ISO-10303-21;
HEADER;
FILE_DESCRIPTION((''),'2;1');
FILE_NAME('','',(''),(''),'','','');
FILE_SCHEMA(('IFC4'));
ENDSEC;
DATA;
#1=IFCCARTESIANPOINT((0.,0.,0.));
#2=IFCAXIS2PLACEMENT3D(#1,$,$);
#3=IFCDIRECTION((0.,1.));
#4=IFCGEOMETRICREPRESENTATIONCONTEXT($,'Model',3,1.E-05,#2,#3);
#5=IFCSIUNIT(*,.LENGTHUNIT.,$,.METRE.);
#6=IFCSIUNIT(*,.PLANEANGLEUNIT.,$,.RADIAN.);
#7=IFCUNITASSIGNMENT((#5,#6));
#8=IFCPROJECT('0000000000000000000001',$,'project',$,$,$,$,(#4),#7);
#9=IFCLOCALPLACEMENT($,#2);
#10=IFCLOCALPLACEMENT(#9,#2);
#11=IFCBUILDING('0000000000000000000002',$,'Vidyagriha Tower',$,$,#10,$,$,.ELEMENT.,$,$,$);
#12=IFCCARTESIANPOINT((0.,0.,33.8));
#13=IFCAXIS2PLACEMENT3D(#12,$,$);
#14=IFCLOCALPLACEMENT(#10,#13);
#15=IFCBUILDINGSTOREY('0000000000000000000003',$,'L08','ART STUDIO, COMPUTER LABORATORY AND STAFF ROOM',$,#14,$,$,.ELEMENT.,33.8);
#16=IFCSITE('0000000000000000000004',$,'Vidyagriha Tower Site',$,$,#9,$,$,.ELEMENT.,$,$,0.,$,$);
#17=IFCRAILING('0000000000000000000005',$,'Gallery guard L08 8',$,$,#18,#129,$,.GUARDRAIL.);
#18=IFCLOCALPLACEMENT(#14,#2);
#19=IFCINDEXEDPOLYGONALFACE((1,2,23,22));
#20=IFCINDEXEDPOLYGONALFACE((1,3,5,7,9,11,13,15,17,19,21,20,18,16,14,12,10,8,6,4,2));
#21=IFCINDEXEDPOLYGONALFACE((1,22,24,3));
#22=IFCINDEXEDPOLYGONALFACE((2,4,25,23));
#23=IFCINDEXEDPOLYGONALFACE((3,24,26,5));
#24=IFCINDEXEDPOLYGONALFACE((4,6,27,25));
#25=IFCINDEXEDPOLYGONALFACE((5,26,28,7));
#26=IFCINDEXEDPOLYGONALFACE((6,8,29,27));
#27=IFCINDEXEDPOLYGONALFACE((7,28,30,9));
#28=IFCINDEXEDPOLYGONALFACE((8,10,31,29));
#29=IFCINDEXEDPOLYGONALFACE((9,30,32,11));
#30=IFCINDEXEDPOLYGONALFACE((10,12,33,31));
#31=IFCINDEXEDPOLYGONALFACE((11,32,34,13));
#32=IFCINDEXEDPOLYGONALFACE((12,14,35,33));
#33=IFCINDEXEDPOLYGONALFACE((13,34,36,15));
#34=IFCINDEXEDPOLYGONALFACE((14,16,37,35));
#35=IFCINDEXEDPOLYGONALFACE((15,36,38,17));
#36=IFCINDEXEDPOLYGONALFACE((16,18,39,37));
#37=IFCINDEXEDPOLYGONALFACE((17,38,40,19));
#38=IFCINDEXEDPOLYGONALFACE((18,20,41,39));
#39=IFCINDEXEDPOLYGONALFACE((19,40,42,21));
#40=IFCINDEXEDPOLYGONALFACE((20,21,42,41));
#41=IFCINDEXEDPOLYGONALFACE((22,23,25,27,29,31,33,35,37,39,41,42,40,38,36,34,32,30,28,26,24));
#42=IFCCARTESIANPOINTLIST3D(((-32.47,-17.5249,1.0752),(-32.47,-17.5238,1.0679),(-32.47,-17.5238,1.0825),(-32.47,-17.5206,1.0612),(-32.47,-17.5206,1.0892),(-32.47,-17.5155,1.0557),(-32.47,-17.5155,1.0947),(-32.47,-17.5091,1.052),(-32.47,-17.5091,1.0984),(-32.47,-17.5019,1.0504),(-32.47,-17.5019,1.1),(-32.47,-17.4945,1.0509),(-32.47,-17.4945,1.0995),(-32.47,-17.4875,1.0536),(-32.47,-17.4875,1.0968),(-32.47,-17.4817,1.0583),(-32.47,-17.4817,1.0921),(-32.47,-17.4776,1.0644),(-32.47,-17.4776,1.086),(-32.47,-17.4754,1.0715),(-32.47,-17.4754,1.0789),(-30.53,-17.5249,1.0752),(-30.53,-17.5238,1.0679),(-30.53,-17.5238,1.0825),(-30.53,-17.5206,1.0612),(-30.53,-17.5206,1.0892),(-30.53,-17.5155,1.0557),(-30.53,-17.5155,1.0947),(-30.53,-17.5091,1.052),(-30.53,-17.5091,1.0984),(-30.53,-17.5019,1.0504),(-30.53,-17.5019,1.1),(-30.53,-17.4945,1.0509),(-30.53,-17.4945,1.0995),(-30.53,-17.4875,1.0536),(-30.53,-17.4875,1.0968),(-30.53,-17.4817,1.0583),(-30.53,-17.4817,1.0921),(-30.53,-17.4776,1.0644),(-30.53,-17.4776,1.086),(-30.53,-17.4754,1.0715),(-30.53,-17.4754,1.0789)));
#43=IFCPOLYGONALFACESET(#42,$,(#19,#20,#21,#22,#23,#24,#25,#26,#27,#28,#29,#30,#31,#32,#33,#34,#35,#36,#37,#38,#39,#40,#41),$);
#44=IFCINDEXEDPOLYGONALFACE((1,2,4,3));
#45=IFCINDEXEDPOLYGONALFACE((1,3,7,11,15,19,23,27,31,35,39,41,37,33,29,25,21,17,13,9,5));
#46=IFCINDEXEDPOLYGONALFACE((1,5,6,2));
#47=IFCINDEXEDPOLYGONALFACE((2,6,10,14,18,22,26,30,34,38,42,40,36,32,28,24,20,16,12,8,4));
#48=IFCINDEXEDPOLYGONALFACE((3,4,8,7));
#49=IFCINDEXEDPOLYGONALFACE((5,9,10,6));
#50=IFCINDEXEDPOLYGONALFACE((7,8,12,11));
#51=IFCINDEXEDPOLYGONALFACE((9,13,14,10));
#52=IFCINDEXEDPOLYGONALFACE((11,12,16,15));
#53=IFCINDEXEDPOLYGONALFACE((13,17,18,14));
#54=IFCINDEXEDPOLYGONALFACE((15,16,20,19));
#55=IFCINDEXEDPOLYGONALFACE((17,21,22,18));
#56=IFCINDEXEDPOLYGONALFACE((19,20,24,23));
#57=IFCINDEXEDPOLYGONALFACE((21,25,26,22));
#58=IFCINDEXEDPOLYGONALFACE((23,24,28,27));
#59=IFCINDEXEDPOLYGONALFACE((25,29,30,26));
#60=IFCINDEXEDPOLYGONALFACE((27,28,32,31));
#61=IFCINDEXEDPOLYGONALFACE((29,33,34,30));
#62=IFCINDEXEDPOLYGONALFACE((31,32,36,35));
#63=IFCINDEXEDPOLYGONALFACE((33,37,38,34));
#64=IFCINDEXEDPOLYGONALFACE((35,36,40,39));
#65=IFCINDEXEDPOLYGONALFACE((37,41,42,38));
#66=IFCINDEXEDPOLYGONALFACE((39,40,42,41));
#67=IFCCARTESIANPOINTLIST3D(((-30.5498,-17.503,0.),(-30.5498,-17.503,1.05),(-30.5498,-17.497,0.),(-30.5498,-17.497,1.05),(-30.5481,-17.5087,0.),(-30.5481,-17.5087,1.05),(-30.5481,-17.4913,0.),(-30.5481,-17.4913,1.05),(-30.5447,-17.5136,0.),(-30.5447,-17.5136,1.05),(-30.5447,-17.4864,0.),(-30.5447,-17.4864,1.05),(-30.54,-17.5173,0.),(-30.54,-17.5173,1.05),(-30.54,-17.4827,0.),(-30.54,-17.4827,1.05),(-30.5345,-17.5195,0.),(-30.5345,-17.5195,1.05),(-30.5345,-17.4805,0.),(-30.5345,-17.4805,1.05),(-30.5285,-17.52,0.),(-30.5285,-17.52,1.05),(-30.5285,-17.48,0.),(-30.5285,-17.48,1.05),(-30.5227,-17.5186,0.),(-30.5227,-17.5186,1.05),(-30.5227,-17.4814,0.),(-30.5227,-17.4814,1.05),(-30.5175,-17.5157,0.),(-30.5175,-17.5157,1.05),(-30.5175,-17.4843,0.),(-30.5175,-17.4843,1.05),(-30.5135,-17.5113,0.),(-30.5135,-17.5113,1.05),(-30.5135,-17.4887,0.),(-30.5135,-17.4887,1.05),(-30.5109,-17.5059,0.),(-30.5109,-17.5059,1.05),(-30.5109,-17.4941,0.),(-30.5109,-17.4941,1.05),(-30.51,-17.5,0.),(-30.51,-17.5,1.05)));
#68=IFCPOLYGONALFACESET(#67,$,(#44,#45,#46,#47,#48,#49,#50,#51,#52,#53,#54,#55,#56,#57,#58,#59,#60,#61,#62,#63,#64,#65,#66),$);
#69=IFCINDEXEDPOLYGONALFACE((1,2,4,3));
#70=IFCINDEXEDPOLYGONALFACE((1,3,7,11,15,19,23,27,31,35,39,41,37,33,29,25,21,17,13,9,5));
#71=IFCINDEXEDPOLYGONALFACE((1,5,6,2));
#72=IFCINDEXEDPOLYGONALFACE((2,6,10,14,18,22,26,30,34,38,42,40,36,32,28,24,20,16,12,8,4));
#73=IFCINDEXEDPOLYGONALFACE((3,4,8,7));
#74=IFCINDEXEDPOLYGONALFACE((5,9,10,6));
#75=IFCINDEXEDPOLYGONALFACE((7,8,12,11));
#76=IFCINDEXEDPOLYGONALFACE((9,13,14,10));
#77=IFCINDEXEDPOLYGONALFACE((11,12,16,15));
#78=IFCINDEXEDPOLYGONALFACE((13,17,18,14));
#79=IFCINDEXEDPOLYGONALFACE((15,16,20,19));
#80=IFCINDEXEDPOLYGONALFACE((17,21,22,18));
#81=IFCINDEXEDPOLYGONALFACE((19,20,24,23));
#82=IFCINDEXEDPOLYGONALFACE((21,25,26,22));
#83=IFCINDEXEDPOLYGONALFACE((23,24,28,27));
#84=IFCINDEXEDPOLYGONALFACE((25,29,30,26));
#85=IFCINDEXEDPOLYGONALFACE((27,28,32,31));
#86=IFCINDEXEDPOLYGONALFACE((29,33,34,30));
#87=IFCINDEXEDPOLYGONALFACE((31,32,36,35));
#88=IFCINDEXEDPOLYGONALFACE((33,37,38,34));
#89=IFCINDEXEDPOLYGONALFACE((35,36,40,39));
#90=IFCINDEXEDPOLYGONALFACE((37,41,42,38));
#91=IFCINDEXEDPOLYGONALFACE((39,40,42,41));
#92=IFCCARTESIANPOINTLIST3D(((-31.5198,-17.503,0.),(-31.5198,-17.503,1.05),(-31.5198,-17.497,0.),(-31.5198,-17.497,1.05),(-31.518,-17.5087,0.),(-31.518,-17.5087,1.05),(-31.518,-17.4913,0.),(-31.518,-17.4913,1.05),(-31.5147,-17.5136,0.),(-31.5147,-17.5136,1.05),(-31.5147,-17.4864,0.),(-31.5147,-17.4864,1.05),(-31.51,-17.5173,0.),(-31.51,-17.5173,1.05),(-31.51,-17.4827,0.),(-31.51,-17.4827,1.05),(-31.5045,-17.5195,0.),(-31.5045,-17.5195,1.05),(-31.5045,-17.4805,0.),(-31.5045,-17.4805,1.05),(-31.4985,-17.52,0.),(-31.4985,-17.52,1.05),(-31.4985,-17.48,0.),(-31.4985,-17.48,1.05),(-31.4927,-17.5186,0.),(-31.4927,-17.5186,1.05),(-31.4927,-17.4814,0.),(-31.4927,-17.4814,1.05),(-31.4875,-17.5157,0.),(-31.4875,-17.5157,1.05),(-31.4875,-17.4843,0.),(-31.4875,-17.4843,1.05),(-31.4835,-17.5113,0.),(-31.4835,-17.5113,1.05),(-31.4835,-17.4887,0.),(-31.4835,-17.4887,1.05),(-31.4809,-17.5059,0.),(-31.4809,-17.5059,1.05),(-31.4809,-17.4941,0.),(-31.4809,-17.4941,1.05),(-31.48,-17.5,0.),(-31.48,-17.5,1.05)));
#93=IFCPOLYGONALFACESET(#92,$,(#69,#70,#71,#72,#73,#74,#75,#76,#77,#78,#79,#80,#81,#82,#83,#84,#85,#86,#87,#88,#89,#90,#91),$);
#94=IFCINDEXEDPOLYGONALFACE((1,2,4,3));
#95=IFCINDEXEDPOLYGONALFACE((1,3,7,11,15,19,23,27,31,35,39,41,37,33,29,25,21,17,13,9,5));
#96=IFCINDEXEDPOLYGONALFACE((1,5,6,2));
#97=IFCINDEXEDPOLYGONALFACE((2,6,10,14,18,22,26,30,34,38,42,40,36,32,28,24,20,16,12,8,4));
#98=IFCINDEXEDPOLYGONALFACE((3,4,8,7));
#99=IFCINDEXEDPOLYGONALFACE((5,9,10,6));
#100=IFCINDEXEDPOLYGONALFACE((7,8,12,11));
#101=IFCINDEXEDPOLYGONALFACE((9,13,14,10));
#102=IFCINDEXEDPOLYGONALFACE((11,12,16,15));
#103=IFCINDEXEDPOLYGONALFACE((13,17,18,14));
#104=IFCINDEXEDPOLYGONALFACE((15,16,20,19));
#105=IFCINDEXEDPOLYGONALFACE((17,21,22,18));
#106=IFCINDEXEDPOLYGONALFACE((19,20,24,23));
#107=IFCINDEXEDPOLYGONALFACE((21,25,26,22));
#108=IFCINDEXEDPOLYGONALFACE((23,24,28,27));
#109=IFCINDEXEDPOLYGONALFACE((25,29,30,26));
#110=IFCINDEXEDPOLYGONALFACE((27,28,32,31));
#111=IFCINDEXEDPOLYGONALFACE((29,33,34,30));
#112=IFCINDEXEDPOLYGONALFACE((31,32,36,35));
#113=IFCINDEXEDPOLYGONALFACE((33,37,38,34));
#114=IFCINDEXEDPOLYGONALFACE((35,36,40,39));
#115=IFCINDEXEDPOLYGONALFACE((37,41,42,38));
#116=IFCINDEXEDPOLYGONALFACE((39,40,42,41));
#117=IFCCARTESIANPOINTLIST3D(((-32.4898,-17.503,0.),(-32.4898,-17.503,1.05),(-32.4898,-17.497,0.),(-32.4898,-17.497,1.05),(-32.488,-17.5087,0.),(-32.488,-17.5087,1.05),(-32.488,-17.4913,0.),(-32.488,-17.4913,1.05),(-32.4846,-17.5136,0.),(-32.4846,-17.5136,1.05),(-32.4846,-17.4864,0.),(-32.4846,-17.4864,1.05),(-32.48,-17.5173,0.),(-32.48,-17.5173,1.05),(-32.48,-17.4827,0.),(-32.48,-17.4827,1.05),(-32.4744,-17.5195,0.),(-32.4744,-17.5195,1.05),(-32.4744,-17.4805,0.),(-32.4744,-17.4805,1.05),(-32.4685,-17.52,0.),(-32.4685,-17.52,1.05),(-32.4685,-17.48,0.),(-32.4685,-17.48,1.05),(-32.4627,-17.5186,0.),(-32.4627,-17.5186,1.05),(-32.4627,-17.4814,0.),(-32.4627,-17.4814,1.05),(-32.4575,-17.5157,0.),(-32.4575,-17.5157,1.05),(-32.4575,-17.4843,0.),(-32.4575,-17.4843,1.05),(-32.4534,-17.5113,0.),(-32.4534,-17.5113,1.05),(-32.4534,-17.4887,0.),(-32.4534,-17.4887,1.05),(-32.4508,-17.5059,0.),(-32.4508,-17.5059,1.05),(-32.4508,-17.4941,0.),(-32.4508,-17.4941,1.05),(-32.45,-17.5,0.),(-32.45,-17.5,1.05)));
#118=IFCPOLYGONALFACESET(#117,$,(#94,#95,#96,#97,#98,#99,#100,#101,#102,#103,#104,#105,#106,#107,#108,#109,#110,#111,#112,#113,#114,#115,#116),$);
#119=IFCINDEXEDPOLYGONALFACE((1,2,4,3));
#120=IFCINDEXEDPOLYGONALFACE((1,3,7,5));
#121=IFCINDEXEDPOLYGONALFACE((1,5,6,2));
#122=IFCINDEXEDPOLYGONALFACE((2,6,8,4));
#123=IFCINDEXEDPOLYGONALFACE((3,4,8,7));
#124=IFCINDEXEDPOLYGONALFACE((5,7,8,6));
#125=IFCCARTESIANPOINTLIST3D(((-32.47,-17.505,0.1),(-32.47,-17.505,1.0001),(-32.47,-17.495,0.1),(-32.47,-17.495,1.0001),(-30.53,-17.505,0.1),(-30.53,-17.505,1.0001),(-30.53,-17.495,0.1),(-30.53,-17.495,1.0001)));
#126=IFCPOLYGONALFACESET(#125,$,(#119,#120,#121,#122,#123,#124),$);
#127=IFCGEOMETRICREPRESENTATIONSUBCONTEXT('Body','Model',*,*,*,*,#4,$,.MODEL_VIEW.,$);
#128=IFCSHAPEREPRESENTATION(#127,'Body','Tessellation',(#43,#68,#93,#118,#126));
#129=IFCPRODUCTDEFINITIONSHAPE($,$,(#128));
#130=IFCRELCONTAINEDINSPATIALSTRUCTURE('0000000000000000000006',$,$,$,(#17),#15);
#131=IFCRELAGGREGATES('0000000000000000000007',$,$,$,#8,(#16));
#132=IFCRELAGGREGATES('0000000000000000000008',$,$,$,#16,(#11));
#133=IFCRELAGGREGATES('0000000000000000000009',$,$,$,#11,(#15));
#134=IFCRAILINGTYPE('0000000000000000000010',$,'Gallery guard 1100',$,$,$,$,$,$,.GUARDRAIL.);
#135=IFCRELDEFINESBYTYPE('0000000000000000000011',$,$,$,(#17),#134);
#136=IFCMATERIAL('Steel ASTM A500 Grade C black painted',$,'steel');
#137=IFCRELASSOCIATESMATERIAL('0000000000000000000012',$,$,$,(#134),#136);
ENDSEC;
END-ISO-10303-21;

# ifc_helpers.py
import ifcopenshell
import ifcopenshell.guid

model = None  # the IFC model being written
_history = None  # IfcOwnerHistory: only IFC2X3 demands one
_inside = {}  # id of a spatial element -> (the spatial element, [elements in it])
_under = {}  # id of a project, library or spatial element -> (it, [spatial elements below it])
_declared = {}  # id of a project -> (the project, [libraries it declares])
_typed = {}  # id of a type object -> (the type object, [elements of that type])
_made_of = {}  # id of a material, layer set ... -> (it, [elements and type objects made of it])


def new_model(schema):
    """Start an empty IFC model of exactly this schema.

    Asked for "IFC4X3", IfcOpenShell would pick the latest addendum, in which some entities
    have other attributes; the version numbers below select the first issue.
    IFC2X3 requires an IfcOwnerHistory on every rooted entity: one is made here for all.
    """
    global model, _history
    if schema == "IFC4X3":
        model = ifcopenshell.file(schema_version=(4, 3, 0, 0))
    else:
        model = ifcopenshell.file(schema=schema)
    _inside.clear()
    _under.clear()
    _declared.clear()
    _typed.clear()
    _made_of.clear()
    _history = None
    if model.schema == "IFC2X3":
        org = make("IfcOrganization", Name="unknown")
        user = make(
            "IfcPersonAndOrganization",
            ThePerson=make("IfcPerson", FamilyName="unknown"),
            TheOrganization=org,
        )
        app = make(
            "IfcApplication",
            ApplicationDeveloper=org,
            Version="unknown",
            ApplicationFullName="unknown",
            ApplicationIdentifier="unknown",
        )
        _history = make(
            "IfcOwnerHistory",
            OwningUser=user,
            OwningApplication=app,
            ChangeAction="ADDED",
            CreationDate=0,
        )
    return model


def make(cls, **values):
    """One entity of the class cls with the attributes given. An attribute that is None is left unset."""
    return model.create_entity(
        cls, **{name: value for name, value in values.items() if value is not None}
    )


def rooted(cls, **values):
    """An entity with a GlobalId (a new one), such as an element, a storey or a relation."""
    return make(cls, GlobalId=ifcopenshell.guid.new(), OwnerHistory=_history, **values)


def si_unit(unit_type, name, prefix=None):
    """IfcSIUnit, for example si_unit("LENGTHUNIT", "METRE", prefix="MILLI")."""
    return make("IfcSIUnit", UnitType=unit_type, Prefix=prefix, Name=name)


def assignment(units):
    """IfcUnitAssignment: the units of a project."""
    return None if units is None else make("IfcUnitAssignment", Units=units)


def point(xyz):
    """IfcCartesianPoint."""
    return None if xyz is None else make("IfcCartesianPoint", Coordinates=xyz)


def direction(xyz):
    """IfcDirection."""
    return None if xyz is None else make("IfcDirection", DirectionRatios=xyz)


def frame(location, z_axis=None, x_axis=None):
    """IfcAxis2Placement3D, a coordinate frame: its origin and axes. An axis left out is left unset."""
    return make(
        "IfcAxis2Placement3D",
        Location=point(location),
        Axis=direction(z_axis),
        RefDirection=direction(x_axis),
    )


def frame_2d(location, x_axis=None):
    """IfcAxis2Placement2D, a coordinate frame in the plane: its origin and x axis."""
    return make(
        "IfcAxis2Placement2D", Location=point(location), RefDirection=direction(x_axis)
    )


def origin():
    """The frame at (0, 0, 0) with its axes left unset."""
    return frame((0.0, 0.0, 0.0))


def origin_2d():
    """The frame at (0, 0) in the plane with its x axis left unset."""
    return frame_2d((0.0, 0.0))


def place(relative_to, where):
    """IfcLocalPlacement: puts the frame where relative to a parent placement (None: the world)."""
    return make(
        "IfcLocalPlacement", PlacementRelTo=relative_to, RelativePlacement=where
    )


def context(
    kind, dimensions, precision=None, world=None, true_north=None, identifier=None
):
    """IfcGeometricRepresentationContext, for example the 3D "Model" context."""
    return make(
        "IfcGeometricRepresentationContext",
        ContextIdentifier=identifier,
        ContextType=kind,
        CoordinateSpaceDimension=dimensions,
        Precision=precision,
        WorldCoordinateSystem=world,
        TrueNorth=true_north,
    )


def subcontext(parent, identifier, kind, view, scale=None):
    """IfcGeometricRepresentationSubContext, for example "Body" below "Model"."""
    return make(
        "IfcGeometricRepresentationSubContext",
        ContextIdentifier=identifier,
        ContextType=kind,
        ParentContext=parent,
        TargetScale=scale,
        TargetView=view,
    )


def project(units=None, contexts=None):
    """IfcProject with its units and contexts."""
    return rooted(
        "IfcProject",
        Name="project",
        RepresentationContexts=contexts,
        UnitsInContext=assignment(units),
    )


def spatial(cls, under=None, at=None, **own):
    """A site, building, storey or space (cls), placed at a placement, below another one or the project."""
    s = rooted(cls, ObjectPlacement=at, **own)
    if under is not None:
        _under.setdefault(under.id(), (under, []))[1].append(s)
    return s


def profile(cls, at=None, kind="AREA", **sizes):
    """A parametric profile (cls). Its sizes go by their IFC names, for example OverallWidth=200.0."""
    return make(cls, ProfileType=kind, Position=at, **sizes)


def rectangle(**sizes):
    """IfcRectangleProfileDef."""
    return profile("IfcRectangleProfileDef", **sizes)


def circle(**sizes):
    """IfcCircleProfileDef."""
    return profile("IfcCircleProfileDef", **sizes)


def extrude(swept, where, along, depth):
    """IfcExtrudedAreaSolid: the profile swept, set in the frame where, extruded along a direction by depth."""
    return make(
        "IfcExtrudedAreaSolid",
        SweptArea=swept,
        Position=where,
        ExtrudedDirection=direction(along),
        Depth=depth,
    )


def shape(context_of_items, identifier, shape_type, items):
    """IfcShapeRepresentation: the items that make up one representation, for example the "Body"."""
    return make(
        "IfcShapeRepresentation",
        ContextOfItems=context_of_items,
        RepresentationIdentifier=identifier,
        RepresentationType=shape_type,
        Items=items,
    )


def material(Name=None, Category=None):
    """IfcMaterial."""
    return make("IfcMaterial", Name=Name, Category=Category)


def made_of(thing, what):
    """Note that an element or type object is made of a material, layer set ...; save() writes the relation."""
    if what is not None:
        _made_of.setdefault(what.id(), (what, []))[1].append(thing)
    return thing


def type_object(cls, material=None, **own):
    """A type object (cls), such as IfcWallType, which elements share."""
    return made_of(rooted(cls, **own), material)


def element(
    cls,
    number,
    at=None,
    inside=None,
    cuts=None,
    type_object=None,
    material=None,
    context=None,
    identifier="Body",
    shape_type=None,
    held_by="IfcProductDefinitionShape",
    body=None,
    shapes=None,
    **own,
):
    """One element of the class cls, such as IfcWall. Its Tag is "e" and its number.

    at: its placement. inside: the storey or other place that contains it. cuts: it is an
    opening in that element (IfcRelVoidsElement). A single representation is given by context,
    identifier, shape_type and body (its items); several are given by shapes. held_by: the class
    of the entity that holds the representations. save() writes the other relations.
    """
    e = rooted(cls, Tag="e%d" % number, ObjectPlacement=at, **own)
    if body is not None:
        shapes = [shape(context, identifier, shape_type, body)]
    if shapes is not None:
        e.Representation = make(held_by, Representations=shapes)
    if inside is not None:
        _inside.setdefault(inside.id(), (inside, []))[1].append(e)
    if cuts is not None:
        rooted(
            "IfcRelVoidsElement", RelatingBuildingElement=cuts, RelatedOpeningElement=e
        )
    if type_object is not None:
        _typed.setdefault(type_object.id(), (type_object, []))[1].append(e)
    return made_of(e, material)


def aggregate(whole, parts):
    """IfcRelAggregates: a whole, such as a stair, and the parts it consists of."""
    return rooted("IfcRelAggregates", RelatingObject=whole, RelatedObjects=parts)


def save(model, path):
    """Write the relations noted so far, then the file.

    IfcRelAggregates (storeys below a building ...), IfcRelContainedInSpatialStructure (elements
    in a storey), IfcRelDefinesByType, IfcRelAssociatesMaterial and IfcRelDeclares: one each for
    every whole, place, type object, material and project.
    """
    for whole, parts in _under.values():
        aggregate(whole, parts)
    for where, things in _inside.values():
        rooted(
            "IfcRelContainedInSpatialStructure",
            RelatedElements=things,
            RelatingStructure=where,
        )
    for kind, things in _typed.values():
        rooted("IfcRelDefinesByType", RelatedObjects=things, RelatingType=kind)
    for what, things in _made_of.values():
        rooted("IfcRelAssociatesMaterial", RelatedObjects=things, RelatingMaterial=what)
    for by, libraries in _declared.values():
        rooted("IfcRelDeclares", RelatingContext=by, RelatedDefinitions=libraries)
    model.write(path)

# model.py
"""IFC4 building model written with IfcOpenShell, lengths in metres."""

from ifc_helpers import new_model, si_unit, direction, frame, origin, origin_2d, place, context, subcontext, project, spatial, rectangle, circle, extrude, material, type_object, element, save


model = new_model("IFC4")

# Units and contexts
model_context = context("Model", 3, precision=1e-05, world=origin(), true_north=direction((0.0, 1.0)))
body_context = subcontext(model_context, "Body", "Model", "MODEL_VIEW")
ifc_project = project(units=[si_unit("LENGTHUNIT", "METRE"), si_unit("PLANEANGLEUNIT", "RADIAN")], contexts=[model_context])

# Site, building, storey
site_placement = place(None, origin())
site = spatial("IfcSite", under=ifc_project, at=site_placement, Name="Vidyagriha Tower Site", CompositionType="ELEMENT", RefElevation=0.0)
building_placement = place(site_placement, origin())
building = spatial("IfcBuilding", under=site, at=building_placement, Name="Vidyagriha Tower", CompositionType="ELEMENT")
storey_placement = place(building_placement, frame((0.0, 0.0, 33.8)))
storey = spatial("IfcBuildingStorey", under=building, at=storey_placement, Name="L08", Description="ART STUDIO, COMPUTER LABORATORY AND STAFF ROOM", CompositionType="ELEMENT", Elevation=33.8)

# Railing
ifc_material_1 = material(Name="Steel ASTM A500 Grade C black painted", Category="steel")
railing_type = type_object("IfcRailingType", Name="Gallery guard 1100", PredefinedType="GUARDRAIL", material=ifc_material_1)
railing_1_placement = place(storey_placement, frame((-30.53, -17.5, 0.0)))
element("IfcRailing", 1, at=railing_1_placement, inside=storey, type_object=railing_type, Name="Gallery guard L08 8", PredefinedType="GUARDRAIL", context=body_context, shape_type="SweptSolid", body=[
    extrude(circle(Radius=0.0249, at=origin_2d()), frame((0.0, 0.0, 1.0752), z_axis=(-1.0, 0.0, 0.0), x_axis=(0.0, -1.0, 0.0)), (0.0, 0.0, 1.0), 1.9399),
    extrude(circle(Radius=0.02, at=origin_2d()), origin(), (0.0, 0.0, 1.0), 1.05),
    extrude(circle(Radius=0.02, at=origin_2d()), frame((-0.97, 0.0, 0.0)), (0.0, 0.0, 1.0), 1.05),
    extrude(circle(Radius=0.02, at=origin_2d()), frame((-1.9399, 0.0, 0.0)), (0.0, 0.0, 1.0), 1.05),
    extrude(rectangle(XDim=0.01, YDim=0.9001, at=origin_2d()), frame((0.0, 0.0, 0.55), z_axis=(-1.0, 0.0, 0.0), x_axis=(0.0, -1.0, 0.0)), (0.0, 0.0, 1.0), 1.9399),
])

save(model, "model.ifc")
